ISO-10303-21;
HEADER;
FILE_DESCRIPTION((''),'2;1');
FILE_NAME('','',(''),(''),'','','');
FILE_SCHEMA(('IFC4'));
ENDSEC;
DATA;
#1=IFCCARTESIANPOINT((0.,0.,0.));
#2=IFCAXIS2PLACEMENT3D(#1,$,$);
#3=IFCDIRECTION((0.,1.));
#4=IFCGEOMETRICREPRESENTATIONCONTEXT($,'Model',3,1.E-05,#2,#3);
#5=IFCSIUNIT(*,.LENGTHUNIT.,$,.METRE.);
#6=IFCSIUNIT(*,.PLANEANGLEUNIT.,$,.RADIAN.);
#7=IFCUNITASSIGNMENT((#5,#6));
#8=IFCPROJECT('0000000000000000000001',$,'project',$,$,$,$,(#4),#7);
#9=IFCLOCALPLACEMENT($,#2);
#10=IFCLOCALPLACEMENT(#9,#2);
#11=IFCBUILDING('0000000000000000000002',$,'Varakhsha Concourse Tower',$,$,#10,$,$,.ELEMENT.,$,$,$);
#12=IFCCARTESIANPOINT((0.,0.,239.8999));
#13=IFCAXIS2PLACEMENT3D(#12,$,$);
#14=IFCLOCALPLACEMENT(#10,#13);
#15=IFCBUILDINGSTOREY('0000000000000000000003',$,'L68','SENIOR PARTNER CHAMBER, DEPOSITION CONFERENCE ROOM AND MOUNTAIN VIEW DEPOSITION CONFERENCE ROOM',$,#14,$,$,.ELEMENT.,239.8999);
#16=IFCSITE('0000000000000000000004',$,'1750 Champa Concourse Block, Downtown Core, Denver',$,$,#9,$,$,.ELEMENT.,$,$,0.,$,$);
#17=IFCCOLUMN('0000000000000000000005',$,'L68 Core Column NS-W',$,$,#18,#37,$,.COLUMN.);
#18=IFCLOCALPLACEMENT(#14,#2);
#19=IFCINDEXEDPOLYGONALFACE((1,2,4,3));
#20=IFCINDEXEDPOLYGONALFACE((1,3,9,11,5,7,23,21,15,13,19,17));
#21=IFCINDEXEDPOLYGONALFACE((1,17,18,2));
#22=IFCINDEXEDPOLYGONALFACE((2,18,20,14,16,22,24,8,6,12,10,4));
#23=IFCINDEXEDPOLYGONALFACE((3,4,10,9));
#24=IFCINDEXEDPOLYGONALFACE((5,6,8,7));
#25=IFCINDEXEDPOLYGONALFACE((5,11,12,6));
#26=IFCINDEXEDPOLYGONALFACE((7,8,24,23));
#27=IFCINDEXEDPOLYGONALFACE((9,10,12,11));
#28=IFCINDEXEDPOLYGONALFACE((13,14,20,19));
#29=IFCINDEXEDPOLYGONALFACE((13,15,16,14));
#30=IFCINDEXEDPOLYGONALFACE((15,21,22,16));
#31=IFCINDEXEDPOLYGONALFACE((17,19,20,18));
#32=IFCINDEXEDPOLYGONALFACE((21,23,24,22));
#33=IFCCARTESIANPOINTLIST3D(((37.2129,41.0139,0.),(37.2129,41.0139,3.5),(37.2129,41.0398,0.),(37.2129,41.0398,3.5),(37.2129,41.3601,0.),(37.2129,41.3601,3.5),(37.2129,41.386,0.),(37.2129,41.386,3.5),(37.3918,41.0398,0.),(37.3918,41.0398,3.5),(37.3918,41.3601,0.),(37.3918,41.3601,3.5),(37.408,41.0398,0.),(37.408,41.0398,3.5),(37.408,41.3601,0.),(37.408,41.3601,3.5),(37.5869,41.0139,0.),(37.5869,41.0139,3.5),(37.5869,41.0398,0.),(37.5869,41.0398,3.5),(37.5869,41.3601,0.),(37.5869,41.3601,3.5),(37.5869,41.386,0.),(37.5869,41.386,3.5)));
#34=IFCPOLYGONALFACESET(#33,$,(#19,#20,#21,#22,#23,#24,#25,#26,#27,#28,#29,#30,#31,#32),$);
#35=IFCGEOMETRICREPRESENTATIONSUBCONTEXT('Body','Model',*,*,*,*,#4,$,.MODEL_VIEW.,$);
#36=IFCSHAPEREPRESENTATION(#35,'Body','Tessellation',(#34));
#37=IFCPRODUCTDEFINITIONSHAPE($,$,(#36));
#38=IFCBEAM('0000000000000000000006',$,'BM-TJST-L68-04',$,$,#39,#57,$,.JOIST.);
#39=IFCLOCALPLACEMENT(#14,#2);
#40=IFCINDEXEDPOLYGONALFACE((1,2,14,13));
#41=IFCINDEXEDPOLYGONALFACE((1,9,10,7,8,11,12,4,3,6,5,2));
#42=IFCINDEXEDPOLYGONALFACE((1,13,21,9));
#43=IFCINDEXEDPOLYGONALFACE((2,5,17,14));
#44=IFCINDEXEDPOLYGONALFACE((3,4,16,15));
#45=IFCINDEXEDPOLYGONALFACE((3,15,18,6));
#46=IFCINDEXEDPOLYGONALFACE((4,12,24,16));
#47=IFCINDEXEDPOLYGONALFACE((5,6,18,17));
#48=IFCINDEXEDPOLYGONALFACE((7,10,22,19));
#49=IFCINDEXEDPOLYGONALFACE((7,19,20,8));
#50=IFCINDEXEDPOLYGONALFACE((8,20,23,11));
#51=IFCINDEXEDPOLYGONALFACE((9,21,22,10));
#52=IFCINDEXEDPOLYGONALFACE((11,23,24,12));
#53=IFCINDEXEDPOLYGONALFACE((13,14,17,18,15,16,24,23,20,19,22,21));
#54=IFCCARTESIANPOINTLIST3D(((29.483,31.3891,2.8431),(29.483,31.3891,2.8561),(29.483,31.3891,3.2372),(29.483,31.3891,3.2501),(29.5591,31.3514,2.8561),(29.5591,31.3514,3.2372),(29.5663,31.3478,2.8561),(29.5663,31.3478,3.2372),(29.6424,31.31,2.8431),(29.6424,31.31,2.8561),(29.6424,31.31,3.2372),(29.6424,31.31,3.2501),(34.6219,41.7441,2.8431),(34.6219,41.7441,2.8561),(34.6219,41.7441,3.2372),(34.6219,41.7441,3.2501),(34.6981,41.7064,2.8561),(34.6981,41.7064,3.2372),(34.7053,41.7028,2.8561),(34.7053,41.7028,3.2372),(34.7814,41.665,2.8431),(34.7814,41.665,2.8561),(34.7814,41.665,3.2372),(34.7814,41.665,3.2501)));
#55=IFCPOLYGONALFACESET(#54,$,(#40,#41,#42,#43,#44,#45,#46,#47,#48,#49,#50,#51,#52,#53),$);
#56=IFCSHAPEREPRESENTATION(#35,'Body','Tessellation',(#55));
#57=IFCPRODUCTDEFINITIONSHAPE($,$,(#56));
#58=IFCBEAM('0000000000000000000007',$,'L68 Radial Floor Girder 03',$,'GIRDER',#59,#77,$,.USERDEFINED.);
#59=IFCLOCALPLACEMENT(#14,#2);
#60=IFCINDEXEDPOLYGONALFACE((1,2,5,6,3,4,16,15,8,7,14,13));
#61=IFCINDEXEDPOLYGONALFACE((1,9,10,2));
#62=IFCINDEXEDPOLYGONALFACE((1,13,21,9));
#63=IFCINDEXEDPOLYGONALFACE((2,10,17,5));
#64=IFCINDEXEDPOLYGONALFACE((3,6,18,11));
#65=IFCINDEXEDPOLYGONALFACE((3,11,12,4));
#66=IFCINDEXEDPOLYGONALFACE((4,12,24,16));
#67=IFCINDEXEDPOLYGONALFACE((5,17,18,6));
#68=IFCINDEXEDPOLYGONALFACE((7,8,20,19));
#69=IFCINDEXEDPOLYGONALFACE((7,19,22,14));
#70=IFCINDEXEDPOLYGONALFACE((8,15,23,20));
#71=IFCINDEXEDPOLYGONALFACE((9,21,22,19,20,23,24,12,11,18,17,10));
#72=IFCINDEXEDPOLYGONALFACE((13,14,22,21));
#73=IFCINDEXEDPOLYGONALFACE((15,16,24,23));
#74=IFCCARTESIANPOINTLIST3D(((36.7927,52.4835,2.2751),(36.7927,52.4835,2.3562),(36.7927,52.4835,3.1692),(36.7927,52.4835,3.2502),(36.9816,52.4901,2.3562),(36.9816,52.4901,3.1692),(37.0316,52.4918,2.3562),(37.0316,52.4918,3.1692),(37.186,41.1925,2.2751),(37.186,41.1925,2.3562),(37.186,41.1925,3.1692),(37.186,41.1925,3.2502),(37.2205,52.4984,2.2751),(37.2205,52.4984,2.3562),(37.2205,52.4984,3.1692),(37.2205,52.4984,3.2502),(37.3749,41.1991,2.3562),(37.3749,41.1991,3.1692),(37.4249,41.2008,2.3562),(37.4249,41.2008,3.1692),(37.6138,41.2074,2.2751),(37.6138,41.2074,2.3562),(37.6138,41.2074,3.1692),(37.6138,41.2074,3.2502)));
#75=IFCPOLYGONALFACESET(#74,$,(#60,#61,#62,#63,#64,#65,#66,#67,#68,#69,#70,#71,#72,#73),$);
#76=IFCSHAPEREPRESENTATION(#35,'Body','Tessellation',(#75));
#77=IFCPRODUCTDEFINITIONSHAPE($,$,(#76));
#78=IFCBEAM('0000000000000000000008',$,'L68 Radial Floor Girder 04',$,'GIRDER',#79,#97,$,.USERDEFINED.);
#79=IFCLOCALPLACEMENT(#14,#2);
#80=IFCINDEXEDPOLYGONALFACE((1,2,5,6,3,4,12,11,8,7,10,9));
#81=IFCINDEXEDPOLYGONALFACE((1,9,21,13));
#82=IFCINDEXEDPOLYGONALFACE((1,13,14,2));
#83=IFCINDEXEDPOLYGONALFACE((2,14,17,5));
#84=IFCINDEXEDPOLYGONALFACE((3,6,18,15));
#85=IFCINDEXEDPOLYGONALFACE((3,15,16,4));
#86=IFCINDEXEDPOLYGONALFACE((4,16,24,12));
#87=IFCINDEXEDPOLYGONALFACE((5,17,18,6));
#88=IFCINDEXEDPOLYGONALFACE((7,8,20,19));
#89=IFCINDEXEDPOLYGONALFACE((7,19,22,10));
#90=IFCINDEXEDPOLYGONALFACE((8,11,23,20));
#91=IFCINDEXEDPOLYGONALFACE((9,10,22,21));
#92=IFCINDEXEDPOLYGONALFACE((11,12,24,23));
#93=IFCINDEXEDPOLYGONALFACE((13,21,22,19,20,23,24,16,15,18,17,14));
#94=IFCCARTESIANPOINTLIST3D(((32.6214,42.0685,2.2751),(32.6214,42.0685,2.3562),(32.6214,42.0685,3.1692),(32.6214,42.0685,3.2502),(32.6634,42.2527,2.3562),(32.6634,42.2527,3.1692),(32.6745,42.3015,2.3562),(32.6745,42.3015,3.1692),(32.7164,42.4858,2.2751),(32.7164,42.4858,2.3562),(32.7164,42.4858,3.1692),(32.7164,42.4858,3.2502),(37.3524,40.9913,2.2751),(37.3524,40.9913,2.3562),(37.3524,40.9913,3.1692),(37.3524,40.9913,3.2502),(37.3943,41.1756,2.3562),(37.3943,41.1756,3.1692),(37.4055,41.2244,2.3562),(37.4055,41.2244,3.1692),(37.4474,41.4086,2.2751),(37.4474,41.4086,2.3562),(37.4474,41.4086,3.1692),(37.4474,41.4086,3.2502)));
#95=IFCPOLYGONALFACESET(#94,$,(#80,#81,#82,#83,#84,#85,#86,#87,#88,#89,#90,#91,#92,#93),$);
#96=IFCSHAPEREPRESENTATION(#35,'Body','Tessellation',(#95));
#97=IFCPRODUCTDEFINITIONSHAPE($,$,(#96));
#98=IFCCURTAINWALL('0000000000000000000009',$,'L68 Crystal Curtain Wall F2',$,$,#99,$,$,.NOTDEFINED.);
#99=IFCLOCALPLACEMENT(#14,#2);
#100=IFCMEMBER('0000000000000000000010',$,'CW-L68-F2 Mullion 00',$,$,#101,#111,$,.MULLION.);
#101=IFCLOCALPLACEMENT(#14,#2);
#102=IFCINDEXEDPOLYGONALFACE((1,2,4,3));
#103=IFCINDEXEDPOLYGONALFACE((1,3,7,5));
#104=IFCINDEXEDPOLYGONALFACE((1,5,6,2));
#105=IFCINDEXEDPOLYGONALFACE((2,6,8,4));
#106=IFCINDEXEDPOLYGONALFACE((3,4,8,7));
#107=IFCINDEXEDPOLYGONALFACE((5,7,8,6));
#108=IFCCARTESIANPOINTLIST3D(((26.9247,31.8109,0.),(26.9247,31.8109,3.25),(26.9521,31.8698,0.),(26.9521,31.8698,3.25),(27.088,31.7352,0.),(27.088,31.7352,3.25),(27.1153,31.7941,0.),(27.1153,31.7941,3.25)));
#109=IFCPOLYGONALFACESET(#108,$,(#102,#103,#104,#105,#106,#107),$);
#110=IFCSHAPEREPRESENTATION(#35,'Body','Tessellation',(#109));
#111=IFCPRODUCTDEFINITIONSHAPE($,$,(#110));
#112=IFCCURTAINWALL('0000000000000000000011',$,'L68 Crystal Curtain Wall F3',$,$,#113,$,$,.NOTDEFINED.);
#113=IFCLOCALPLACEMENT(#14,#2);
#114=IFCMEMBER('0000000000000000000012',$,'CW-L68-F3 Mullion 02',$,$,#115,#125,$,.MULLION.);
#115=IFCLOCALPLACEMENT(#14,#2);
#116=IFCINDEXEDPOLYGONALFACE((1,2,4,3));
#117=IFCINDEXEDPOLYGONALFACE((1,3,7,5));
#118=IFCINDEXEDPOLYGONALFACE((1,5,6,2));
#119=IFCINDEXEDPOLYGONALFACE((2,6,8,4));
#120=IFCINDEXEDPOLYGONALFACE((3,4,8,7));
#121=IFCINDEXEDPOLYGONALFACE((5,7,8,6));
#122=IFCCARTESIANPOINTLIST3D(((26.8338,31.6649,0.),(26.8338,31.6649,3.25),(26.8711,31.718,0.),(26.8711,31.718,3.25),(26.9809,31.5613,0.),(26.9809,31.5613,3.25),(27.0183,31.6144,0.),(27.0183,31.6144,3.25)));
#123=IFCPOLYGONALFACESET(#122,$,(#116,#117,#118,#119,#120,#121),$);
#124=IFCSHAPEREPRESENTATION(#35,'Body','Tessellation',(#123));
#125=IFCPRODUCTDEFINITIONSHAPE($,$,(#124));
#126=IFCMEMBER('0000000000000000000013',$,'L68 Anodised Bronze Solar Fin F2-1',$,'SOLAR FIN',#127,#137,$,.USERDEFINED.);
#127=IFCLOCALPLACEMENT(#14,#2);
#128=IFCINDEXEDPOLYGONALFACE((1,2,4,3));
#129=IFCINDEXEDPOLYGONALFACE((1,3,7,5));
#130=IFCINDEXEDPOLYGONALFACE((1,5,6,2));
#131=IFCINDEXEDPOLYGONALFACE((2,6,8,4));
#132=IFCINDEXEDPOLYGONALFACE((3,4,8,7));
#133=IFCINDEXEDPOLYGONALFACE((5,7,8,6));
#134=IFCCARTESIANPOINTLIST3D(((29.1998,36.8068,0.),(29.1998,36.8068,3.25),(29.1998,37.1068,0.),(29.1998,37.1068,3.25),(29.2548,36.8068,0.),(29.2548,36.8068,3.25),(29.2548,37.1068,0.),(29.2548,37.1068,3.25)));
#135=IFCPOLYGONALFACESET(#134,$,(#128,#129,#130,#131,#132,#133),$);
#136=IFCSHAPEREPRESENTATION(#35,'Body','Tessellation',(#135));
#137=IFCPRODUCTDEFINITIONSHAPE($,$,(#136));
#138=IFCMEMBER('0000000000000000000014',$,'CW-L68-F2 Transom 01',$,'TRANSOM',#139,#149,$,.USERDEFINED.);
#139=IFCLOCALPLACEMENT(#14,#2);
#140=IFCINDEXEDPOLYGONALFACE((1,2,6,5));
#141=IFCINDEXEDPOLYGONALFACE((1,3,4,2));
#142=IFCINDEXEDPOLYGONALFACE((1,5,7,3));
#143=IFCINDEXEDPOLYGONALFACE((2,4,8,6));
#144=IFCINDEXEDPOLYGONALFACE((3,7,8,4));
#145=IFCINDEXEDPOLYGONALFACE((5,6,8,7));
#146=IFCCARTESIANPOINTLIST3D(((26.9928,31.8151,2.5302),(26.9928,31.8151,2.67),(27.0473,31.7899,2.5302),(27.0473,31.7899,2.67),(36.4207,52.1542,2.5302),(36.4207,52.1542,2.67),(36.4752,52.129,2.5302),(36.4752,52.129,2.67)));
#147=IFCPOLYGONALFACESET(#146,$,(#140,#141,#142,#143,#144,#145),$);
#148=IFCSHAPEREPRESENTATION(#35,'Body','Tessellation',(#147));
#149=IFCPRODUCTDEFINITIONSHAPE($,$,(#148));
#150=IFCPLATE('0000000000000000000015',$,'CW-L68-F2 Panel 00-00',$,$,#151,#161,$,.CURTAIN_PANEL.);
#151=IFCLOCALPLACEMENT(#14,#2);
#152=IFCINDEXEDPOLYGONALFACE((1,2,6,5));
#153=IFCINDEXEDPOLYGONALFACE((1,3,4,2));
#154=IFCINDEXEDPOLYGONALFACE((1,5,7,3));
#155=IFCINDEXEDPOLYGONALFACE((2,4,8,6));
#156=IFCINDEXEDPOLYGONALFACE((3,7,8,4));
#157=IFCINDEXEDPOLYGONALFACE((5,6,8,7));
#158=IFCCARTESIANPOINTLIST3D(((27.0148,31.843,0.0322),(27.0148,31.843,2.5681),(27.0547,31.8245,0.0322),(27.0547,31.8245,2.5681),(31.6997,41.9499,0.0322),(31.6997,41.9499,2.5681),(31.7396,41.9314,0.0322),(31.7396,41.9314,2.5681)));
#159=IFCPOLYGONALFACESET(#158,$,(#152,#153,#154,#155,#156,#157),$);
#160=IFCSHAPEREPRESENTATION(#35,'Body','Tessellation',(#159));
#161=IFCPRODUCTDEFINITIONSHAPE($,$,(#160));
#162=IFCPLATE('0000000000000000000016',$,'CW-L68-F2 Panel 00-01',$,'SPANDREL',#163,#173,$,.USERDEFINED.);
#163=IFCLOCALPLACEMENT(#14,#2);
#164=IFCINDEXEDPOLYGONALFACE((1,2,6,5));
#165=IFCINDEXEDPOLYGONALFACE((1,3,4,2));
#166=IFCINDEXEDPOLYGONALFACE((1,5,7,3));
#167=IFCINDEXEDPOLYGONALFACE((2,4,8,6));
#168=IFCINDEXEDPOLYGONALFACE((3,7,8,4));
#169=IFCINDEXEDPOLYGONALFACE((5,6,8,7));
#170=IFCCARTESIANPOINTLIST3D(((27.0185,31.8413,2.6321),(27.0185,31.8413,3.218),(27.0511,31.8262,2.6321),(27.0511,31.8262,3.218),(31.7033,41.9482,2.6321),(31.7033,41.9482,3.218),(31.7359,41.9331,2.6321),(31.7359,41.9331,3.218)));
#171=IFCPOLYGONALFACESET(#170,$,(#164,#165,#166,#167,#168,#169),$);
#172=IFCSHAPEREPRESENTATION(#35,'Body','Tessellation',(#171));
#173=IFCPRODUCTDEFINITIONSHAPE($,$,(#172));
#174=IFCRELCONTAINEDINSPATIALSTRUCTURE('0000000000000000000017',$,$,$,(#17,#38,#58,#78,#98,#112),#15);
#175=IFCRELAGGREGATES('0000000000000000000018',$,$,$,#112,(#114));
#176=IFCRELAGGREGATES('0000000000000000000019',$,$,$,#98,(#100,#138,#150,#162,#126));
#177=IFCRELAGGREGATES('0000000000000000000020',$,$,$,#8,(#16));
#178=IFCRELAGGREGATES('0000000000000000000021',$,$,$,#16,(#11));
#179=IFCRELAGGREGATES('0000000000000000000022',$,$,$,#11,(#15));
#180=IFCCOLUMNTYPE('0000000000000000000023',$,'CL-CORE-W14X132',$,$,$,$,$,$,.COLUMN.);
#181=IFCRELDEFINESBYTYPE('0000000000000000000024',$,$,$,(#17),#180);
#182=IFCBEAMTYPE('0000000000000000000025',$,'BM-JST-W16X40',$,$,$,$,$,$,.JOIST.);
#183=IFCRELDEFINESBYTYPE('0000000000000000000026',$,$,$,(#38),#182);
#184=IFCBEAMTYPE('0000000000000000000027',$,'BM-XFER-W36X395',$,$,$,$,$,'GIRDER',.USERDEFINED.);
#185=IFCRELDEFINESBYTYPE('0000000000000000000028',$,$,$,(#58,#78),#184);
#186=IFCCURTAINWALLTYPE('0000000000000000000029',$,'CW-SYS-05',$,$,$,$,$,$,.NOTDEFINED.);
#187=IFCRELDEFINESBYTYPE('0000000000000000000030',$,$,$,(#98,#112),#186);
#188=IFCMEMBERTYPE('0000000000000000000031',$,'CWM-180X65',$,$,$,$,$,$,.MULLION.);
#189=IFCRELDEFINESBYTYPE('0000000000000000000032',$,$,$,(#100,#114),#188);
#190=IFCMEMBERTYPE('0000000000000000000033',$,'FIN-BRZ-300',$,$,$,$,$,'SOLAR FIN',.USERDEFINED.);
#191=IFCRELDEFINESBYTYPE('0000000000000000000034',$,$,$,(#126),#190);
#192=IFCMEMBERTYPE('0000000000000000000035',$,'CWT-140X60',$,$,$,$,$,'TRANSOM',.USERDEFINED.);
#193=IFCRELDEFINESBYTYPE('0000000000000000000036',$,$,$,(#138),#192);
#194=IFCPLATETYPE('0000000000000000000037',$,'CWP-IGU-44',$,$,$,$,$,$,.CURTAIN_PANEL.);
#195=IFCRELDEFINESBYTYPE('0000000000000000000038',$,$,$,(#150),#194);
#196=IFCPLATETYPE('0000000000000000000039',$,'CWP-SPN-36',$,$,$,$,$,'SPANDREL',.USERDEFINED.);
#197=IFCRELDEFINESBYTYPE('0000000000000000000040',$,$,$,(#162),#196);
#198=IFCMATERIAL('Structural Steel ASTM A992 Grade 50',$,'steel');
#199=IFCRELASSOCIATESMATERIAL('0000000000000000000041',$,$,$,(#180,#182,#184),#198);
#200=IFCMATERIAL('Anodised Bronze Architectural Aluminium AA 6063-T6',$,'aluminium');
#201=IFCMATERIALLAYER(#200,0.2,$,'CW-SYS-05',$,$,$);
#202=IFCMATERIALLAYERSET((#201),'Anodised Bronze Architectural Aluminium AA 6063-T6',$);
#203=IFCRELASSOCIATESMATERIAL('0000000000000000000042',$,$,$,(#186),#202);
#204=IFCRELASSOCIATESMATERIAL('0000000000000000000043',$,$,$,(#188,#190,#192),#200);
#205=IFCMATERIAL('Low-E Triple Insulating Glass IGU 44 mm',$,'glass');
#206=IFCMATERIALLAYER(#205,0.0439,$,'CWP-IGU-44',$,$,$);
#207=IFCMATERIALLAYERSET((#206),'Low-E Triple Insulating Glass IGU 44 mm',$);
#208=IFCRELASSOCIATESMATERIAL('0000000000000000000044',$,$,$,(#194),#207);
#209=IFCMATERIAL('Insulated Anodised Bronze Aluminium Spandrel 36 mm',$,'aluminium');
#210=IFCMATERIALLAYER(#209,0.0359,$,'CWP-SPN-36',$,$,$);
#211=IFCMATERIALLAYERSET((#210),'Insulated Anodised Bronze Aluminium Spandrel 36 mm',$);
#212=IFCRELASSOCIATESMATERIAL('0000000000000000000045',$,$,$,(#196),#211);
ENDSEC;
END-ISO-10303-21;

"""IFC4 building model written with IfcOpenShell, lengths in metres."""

from ifc_helpers import new_model, si_unit, direction, frame, origin, origin_2d, place, context, subcontext, project, spatial, rectangle, i_section, extrude, source, transform, mapped, material, layer, layer_set, material_profile, profile_set, type_object, type_shapes, element, aggregate, save


model = new_model("IFC4")

# Units and contexts
model_context = context("Model", 3, precision=1e-05, world=origin(), true_north=direction((0.0, 1.0)))
body_context = subcontext(model_context, "Body", "Model", "MODEL_VIEW")
ifc_project = project(units=[si_unit("LENGTHUNIT", "METRE"), si_unit("PLANEANGLEUNIT", "RADIAN")], contexts=[model_context])

# Site, building, storey
site_placement = place(None, origin())
site = spatial("IfcSite", under=ifc_project, at=site_placement, Name="1750 Champa Concourse Block, Downtown Core, Denver", CompositionType="ELEMENT", RefElevation=0.0)
building_placement = place(site_placement, origin())
building = spatial("IfcBuilding", under=site, at=building_placement, Name="Varakhsha Concourse Tower", CompositionType="ELEMENT")
storey_placement = place(building_placement, frame((0.0, 0.0, 239.8999)))
storey = spatial("IfcBuildingStorey", under=building, at=storey_placement, Name="L68", Description="SENIOR PARTNER CHAMBER, DEPOSITION CONFERENCE ROOM AND MOUNTAIN VIEW DEPOSITION CONFERENCE ROOM", CompositionType="ELEMENT", Elevation=239.8999)

# Column
ifc_material_1 = material(Name="Structural Steel ASTM A992 Grade 50", Category="steel")
ifc_material_profile_1 = material_profile(ifc_material_1, i_section(OverallWidth=0.374, OverallDepth=0.3721, WebThickness=0.0161, FlangeThickness=0.0259, at=origin_2d()), Name="W14X132")
ifc_profile_set_1 = profile_set([ifc_material_profile_1], Name="Structural Steel ASTM A992 Grade 50")
column_type = type_object("IfcColumnType", Name="CL-CORE-W14X132", PredefinedType="COLUMN", material=ifc_profile_set_1)
column_placement = place(storey_placement, frame((37.3999, 41.2, 0.0), z_axis=(0.0, 0.0, 1.0), x_axis=(1.0, 0.0, 0.0)))
element("IfcColumn", 1, at=column_placement, inside=storey, type_object=column_type, Name="L68 Core Column NS-W", PredefinedType="COLUMN", context=body_context, shape_type="SweptSolid", body=[
    extrude(i_section(OverallWidth=0.374, OverallDepth=0.3721, WebThickness=0.0161, FlangeThickness=0.0259, at=origin_2d()), origin(), (0.0, 0.0, 1.0), 3.5),
])

# Beams
ifc_material_profile_2 = material_profile(ifc_material_1, i_section(OverallWidth=0.178, OverallDepth=0.407, WebThickness=0.0081, FlangeThickness=0.0129, at=origin_2d()), Name="W16X40")
ifc_profile_set_2 = profile_set([ifc_material_profile_2], Name="Structural Steel ASTM A992 Grade 50")
beam_type_1 = type_object("IfcBeamType", Name="BM-JST-W16X40", PredefinedType="JOIST", material=ifc_profile_set_2)
beam_1_placement = place(storey_placement, frame((34.7017, 41.7046, 3.0466), z_axis=(-0.444542, -0.895758, 0.0), x_axis=(0.895758, -0.444542, 0.0)))
element("IfcBeam", 2, at=beam_1_placement, inside=storey, type_object=beam_type_1, Name="BM-TJST-L68-04", PredefinedType="JOIST", context=body_context, shape_type="SweptSolid", body=[
    extrude(i_section(OverallWidth=0.178, OverallDepth=0.407, WebThickness=0.0081, FlangeThickness=0.0129, at=origin_2d()), origin(), (0.0, 0.0, 1.0), 11.5601),
])
ifc_material_profile_3 = material_profile(ifc_material_1, i_section(OverallWidth=0.428, OverallDepth=0.9751, WebThickness=0.05, FlangeThickness=0.0811, at=origin_2d()), Name="W36X395")
ifc_profile_set_3 = profile_set([ifc_material_profile_3], Name="Structural Steel ASTM A992 Grade 50")
beam_type_2 = type_object("IfcBeamType", Name="BM-XFER-W36X395", ElementType="GIRDER", PredefinedType="USERDEFINED", material=ifc_profile_set_3)
beam_2_placement = place(storey_placement, frame((37.3999, 41.2, 2.7627), z_axis=(-0.034813, 0.999394, 0.0), x_axis=(-0.999394, -0.034813, 0.0)))
element("IfcBeam", 3, at=beam_2_placement, inside=storey, type_object=beam_type_2, Name="L68 Radial Floor Girder 03", ObjectType="GIRDER", PredefinedType="USERDEFINED", context=body_context, shape_type="SweptSolid", body=[
    extrude(i_section(OverallWidth=0.428, OverallDepth=0.9751, WebThickness=0.05, FlangeThickness=0.0811, at=origin_2d()), origin(), (0.0, 0.0, 1.0), 11.2979),
])
beam_3_placement = place(storey_placement, frame((37.3999, 41.2, 2.7627), z_axis=(-0.975047, 0.222, 0.0), x_axis=(-0.222, -0.975047, 0.0)))
element("IfcBeam", 4, at=beam_3_placement, inside=storey, type_object=beam_type_2, Name="L68 Radial Floor Girder 04", ObjectType="GIRDER", PredefinedType="USERDEFINED", context=body_context, shape_type="SweptSolid", body=[
    extrude(i_section(OverallWidth=0.428, OverallDepth=0.9751, WebThickness=0.05, FlangeThickness=0.0811, at=origin_2d()), origin(), (0.0, 0.0, 1.0), 4.8521),
])

# Curtain walls, members
ifc_material_2 = material(Name="Anodised Bronze Architectural Aluminium AA 6063-T6", Category="aluminium")
ifc_layer_1 = layer(ifc_material_2, 0.2, Name="CW-SYS-05")
ifc_layer_set_1 = layer_set([ifc_layer_1], Name="Anodised Bronze Architectural Aluminium AA 6063-T6")
curtain_wall_type = type_object("IfcCurtainWallType", Name="CW-SYS-05", PredefinedType="NOTDEFINED", material=ifc_layer_set_1)
curtain_wall_1_placement = place(storey_placement, origin())
curtain_wall_1 = element("IfcCurtainWall", 5, at=curtain_wall_1_placement, inside=storey, type_object=curtain_wall_type, Name="L68 Crystal Curtain Wall F2", PredefinedType="NOTDEFINED")
ifc_material_profile_4 = material_profile(ifc_material_2, rectangle(XDim=0.0649, YDim=0.1799, at=origin_2d()), Name="CWM-180X65")
ifc_profile_set_4 = profile_set([ifc_material_profile_4], Name="Anodised Bronze Architectural Aluminium AA 6063-T6")
member_type_1 = type_object("IfcMemberType", Name="CWM-180X65", PredefinedType="MULLION", material=ifc_profile_set_4)
shared_shape_1 = source(origin(), body_context, "Body", "SweptSolid", [
    extrude(rectangle(XDim=0.0649, YDim=0.1799, at=origin_2d()), origin(), (0.0, 0.0, 1.0), 3.25),
])
type_shapes(member_type_1, [shared_shape_1])
member_1_placement = place(storey_placement, frame((27.02, 31.8025, 0.0), z_axis=(0.0, 0.0, 1.0), x_axis=(0.420547, 0.907271, 0.0)))
member_1 = element("IfcMember", 6, at=member_1_placement, type_object=member_type_1, Name="CW-L68-F2 Mullion 00", PredefinedType="MULLION", context=body_context, shape_type="MappedRepresentation", body=[
    mapped(shared_shape_1, transform((0.0, 0.0, 0.0), scale=1.0)),
])
curtain_wall_2_placement = place(storey_placement, origin())
curtain_wall_2 = element("IfcCurtainWall", 7, at=curtain_wall_2_placement, inside=storey, type_object=curtain_wall_type, Name="L68 Crystal Curtain Wall F3", PredefinedType="NOTDEFINED")
member_2_placement = place(storey_placement, frame((26.926, 31.6396, 0.0), z_axis=(0.0, 0.0, 1.0), x_axis=(0.575444, 0.817842, 0.0)))
member_2 = element("IfcMember", 8, at=member_2_placement, type_object=member_type_1, Name="CW-L68-F3 Mullion 02", PredefinedType="MULLION", context=body_context, shape_type="MappedRepresentation", body=[
    mapped(shared_shape_1, transform((0.0, 0.0, 0.0), scale=1.0)),
])
aggregate(curtain_wall_2, [member_2])

# Members
ifc_material_profile_5 = material_profile(ifc_material_2, rectangle(XDim=0.0549, YDim=0.3, at=origin_2d()), Name="FIN-BRZ-300")
ifc_profile_set_5 = profile_set([ifc_material_profile_5], Name="Anodised Bronze Architectural Aluminium AA 6063-T6")
member_type_2 = type_object("IfcMemberType", Name="FIN-BRZ-300", ElementType="SOLAR FIN", PredefinedType="USERDEFINED", material=ifc_profile_set_5)
shared_shape_2 = source(origin(), body_context, "Body", "SweptSolid", [
    extrude(rectangle(XDim=0.0549, YDim=0.3, at=origin_2d()), origin(), (0.0, 0.0, 1.0), 3.25),
])
type_shapes(member_type_2, [shared_shape_2])
member_3_placement = place(storey_placement, frame((29.2273, 36.9568, 0.0), z_axis=(0.0, 0.0, 1.0), x_axis=(1.0, 0.0, 0.0)))
member_3 = element("IfcMember", 9, at=member_3_placement, type_object=member_type_2, Name="L68 Anodised Bronze Solar Fin F2-1", ObjectType="SOLAR FIN", PredefinedType="USERDEFINED", context=body_context, shape_type="MappedRepresentation", body=[
    mapped(shared_shape_2, transform((0.0, 0.0, 0.0), scale=1.0)),
])
ifc_material_profile_6 = material_profile(ifc_material_2, rectangle(XDim=0.0601, YDim=0.1399, at=origin_2d()), Name="CWT-140X60")
ifc_profile_set_6 = profile_set([ifc_material_profile_6], Name="Anodised Bronze Architectural Aluminium AA 6063-T6")
member_type_3 = type_object("IfcMemberType", Name="CWT-140X60", ElementType="TRANSOM", PredefinedType="USERDEFINED", material=ifc_profile_set_6)
shared_shape_3 = source(origin(), body_context, "Body", "SweptSolid", [
    extrude(rectangle(XDim=0.0601, YDim=0.1399, at=origin_2d()), origin(), (0.0, 0.0, 1.0), 22.418),
])
type_shapes(member_type_3, [shared_shape_3])
member_4_placement = place(storey_placement, frame((27.02, 31.8025, 2.6001), z_axis=(0.420554, 0.907267, 0.0), x_axis=(-0.907267, 0.420554, 0.0)))
member_4 = element("IfcMember", 10, at=member_4_placement, type_object=member_type_3, Name="CW-L68-F2 Transom 01", ObjectType="TRANSOM", PredefinedType="USERDEFINED", context=body_context, shape_type="MappedRepresentation", body=[
    mapped(shared_shape_3, transform((0.0, 0.0, 0.0), scale=1.0)),
])

# Plates
ifc_material_3 = material(Name="Low-E Triple Insulating Glass IGU 44 mm", Category="glass")
ifc_layer_2 = layer(ifc_material_3, 0.0439, Name="CWP-IGU-44")
ifc_layer_set_2 = layer_set([ifc_layer_2], Name="Low-E Triple Insulating Glass IGU 44 mm")
plate_type_1 = type_object("IfcPlateType", Name="CWP-IGU-44", PredefinedType="CURTAIN_PANEL", material=ifc_layer_set_2)
shared_shape_4 = source(origin(), body_context, "Body", "SweptSolid", [
    extrude(rectangle(XDim=11.1399, YDim=0.0439, at=origin_2d()), origin(), (0.0, 0.0, 1.0), 2.5359),
])
type_shapes(plate_type_1, [shared_shape_4])
plate_1_placement = place(storey_placement, frame((29.3772, 36.8872, 0.0322), z_axis=(0.0, 0.0, 1.0), x_axis=(0.420547, 0.907271, 0.0)))
plate_1 = element("IfcPlate", 11, at=plate_1_placement, type_object=plate_type_1, Name="CW-L68-F2 Panel 00-00", PredefinedType="CURTAIN_PANEL", context=body_context, shape_type="MappedRepresentation", body=[
    mapped(shared_shape_4, transform((0.0, 0.0, 0.0), scale=1.0)),
])
ifc_material_4 = material(Name="Insulated Anodised Bronze Aluminium Spandrel 36 mm", Category="aluminium")
ifc_layer_3 = layer(ifc_material_4, 0.0359, Name="CWP-SPN-36")
ifc_layer_set_3 = layer_set([ifc_layer_3], Name="Insulated Anodised Bronze Aluminium Spandrel 36 mm")
plate_type_2 = type_object("IfcPlateType", Name="CWP-SPN-36", ElementType="SPANDREL", PredefinedType="USERDEFINED", material=ifc_layer_set_3)
shared_shape_5 = source(origin(), body_context, "Body", "SweptSolid", [
    extrude(rectangle(XDim=11.1399, YDim=0.0359, at=origin_2d()), origin(), (0.0, 0.0, 1.0), 0.5859),
])
type_shapes(plate_type_2, [shared_shape_5])
plate_2_placement = place(storey_placement, frame((29.3772, 36.8872, 2.6321), z_axis=(0.0, 0.0, 1.0), x_axis=(0.420547, 0.907271, 0.0)))
plate_2 = element("IfcPlate", 12, at=plate_2_placement, type_object=plate_type_2, Name="CW-L68-F2 Panel 00-01", ObjectType="SPANDREL", PredefinedType="USERDEFINED", context=body_context, shape_type="MappedRepresentation", body=[
    mapped(shared_shape_5, transform((0.0, 0.0, 0.0), scale=1.0)),
])
aggregate(curtain_wall_1, [member_1, member_4, plate_1, plate_2, member_3])

save(model, "model.ifc")
